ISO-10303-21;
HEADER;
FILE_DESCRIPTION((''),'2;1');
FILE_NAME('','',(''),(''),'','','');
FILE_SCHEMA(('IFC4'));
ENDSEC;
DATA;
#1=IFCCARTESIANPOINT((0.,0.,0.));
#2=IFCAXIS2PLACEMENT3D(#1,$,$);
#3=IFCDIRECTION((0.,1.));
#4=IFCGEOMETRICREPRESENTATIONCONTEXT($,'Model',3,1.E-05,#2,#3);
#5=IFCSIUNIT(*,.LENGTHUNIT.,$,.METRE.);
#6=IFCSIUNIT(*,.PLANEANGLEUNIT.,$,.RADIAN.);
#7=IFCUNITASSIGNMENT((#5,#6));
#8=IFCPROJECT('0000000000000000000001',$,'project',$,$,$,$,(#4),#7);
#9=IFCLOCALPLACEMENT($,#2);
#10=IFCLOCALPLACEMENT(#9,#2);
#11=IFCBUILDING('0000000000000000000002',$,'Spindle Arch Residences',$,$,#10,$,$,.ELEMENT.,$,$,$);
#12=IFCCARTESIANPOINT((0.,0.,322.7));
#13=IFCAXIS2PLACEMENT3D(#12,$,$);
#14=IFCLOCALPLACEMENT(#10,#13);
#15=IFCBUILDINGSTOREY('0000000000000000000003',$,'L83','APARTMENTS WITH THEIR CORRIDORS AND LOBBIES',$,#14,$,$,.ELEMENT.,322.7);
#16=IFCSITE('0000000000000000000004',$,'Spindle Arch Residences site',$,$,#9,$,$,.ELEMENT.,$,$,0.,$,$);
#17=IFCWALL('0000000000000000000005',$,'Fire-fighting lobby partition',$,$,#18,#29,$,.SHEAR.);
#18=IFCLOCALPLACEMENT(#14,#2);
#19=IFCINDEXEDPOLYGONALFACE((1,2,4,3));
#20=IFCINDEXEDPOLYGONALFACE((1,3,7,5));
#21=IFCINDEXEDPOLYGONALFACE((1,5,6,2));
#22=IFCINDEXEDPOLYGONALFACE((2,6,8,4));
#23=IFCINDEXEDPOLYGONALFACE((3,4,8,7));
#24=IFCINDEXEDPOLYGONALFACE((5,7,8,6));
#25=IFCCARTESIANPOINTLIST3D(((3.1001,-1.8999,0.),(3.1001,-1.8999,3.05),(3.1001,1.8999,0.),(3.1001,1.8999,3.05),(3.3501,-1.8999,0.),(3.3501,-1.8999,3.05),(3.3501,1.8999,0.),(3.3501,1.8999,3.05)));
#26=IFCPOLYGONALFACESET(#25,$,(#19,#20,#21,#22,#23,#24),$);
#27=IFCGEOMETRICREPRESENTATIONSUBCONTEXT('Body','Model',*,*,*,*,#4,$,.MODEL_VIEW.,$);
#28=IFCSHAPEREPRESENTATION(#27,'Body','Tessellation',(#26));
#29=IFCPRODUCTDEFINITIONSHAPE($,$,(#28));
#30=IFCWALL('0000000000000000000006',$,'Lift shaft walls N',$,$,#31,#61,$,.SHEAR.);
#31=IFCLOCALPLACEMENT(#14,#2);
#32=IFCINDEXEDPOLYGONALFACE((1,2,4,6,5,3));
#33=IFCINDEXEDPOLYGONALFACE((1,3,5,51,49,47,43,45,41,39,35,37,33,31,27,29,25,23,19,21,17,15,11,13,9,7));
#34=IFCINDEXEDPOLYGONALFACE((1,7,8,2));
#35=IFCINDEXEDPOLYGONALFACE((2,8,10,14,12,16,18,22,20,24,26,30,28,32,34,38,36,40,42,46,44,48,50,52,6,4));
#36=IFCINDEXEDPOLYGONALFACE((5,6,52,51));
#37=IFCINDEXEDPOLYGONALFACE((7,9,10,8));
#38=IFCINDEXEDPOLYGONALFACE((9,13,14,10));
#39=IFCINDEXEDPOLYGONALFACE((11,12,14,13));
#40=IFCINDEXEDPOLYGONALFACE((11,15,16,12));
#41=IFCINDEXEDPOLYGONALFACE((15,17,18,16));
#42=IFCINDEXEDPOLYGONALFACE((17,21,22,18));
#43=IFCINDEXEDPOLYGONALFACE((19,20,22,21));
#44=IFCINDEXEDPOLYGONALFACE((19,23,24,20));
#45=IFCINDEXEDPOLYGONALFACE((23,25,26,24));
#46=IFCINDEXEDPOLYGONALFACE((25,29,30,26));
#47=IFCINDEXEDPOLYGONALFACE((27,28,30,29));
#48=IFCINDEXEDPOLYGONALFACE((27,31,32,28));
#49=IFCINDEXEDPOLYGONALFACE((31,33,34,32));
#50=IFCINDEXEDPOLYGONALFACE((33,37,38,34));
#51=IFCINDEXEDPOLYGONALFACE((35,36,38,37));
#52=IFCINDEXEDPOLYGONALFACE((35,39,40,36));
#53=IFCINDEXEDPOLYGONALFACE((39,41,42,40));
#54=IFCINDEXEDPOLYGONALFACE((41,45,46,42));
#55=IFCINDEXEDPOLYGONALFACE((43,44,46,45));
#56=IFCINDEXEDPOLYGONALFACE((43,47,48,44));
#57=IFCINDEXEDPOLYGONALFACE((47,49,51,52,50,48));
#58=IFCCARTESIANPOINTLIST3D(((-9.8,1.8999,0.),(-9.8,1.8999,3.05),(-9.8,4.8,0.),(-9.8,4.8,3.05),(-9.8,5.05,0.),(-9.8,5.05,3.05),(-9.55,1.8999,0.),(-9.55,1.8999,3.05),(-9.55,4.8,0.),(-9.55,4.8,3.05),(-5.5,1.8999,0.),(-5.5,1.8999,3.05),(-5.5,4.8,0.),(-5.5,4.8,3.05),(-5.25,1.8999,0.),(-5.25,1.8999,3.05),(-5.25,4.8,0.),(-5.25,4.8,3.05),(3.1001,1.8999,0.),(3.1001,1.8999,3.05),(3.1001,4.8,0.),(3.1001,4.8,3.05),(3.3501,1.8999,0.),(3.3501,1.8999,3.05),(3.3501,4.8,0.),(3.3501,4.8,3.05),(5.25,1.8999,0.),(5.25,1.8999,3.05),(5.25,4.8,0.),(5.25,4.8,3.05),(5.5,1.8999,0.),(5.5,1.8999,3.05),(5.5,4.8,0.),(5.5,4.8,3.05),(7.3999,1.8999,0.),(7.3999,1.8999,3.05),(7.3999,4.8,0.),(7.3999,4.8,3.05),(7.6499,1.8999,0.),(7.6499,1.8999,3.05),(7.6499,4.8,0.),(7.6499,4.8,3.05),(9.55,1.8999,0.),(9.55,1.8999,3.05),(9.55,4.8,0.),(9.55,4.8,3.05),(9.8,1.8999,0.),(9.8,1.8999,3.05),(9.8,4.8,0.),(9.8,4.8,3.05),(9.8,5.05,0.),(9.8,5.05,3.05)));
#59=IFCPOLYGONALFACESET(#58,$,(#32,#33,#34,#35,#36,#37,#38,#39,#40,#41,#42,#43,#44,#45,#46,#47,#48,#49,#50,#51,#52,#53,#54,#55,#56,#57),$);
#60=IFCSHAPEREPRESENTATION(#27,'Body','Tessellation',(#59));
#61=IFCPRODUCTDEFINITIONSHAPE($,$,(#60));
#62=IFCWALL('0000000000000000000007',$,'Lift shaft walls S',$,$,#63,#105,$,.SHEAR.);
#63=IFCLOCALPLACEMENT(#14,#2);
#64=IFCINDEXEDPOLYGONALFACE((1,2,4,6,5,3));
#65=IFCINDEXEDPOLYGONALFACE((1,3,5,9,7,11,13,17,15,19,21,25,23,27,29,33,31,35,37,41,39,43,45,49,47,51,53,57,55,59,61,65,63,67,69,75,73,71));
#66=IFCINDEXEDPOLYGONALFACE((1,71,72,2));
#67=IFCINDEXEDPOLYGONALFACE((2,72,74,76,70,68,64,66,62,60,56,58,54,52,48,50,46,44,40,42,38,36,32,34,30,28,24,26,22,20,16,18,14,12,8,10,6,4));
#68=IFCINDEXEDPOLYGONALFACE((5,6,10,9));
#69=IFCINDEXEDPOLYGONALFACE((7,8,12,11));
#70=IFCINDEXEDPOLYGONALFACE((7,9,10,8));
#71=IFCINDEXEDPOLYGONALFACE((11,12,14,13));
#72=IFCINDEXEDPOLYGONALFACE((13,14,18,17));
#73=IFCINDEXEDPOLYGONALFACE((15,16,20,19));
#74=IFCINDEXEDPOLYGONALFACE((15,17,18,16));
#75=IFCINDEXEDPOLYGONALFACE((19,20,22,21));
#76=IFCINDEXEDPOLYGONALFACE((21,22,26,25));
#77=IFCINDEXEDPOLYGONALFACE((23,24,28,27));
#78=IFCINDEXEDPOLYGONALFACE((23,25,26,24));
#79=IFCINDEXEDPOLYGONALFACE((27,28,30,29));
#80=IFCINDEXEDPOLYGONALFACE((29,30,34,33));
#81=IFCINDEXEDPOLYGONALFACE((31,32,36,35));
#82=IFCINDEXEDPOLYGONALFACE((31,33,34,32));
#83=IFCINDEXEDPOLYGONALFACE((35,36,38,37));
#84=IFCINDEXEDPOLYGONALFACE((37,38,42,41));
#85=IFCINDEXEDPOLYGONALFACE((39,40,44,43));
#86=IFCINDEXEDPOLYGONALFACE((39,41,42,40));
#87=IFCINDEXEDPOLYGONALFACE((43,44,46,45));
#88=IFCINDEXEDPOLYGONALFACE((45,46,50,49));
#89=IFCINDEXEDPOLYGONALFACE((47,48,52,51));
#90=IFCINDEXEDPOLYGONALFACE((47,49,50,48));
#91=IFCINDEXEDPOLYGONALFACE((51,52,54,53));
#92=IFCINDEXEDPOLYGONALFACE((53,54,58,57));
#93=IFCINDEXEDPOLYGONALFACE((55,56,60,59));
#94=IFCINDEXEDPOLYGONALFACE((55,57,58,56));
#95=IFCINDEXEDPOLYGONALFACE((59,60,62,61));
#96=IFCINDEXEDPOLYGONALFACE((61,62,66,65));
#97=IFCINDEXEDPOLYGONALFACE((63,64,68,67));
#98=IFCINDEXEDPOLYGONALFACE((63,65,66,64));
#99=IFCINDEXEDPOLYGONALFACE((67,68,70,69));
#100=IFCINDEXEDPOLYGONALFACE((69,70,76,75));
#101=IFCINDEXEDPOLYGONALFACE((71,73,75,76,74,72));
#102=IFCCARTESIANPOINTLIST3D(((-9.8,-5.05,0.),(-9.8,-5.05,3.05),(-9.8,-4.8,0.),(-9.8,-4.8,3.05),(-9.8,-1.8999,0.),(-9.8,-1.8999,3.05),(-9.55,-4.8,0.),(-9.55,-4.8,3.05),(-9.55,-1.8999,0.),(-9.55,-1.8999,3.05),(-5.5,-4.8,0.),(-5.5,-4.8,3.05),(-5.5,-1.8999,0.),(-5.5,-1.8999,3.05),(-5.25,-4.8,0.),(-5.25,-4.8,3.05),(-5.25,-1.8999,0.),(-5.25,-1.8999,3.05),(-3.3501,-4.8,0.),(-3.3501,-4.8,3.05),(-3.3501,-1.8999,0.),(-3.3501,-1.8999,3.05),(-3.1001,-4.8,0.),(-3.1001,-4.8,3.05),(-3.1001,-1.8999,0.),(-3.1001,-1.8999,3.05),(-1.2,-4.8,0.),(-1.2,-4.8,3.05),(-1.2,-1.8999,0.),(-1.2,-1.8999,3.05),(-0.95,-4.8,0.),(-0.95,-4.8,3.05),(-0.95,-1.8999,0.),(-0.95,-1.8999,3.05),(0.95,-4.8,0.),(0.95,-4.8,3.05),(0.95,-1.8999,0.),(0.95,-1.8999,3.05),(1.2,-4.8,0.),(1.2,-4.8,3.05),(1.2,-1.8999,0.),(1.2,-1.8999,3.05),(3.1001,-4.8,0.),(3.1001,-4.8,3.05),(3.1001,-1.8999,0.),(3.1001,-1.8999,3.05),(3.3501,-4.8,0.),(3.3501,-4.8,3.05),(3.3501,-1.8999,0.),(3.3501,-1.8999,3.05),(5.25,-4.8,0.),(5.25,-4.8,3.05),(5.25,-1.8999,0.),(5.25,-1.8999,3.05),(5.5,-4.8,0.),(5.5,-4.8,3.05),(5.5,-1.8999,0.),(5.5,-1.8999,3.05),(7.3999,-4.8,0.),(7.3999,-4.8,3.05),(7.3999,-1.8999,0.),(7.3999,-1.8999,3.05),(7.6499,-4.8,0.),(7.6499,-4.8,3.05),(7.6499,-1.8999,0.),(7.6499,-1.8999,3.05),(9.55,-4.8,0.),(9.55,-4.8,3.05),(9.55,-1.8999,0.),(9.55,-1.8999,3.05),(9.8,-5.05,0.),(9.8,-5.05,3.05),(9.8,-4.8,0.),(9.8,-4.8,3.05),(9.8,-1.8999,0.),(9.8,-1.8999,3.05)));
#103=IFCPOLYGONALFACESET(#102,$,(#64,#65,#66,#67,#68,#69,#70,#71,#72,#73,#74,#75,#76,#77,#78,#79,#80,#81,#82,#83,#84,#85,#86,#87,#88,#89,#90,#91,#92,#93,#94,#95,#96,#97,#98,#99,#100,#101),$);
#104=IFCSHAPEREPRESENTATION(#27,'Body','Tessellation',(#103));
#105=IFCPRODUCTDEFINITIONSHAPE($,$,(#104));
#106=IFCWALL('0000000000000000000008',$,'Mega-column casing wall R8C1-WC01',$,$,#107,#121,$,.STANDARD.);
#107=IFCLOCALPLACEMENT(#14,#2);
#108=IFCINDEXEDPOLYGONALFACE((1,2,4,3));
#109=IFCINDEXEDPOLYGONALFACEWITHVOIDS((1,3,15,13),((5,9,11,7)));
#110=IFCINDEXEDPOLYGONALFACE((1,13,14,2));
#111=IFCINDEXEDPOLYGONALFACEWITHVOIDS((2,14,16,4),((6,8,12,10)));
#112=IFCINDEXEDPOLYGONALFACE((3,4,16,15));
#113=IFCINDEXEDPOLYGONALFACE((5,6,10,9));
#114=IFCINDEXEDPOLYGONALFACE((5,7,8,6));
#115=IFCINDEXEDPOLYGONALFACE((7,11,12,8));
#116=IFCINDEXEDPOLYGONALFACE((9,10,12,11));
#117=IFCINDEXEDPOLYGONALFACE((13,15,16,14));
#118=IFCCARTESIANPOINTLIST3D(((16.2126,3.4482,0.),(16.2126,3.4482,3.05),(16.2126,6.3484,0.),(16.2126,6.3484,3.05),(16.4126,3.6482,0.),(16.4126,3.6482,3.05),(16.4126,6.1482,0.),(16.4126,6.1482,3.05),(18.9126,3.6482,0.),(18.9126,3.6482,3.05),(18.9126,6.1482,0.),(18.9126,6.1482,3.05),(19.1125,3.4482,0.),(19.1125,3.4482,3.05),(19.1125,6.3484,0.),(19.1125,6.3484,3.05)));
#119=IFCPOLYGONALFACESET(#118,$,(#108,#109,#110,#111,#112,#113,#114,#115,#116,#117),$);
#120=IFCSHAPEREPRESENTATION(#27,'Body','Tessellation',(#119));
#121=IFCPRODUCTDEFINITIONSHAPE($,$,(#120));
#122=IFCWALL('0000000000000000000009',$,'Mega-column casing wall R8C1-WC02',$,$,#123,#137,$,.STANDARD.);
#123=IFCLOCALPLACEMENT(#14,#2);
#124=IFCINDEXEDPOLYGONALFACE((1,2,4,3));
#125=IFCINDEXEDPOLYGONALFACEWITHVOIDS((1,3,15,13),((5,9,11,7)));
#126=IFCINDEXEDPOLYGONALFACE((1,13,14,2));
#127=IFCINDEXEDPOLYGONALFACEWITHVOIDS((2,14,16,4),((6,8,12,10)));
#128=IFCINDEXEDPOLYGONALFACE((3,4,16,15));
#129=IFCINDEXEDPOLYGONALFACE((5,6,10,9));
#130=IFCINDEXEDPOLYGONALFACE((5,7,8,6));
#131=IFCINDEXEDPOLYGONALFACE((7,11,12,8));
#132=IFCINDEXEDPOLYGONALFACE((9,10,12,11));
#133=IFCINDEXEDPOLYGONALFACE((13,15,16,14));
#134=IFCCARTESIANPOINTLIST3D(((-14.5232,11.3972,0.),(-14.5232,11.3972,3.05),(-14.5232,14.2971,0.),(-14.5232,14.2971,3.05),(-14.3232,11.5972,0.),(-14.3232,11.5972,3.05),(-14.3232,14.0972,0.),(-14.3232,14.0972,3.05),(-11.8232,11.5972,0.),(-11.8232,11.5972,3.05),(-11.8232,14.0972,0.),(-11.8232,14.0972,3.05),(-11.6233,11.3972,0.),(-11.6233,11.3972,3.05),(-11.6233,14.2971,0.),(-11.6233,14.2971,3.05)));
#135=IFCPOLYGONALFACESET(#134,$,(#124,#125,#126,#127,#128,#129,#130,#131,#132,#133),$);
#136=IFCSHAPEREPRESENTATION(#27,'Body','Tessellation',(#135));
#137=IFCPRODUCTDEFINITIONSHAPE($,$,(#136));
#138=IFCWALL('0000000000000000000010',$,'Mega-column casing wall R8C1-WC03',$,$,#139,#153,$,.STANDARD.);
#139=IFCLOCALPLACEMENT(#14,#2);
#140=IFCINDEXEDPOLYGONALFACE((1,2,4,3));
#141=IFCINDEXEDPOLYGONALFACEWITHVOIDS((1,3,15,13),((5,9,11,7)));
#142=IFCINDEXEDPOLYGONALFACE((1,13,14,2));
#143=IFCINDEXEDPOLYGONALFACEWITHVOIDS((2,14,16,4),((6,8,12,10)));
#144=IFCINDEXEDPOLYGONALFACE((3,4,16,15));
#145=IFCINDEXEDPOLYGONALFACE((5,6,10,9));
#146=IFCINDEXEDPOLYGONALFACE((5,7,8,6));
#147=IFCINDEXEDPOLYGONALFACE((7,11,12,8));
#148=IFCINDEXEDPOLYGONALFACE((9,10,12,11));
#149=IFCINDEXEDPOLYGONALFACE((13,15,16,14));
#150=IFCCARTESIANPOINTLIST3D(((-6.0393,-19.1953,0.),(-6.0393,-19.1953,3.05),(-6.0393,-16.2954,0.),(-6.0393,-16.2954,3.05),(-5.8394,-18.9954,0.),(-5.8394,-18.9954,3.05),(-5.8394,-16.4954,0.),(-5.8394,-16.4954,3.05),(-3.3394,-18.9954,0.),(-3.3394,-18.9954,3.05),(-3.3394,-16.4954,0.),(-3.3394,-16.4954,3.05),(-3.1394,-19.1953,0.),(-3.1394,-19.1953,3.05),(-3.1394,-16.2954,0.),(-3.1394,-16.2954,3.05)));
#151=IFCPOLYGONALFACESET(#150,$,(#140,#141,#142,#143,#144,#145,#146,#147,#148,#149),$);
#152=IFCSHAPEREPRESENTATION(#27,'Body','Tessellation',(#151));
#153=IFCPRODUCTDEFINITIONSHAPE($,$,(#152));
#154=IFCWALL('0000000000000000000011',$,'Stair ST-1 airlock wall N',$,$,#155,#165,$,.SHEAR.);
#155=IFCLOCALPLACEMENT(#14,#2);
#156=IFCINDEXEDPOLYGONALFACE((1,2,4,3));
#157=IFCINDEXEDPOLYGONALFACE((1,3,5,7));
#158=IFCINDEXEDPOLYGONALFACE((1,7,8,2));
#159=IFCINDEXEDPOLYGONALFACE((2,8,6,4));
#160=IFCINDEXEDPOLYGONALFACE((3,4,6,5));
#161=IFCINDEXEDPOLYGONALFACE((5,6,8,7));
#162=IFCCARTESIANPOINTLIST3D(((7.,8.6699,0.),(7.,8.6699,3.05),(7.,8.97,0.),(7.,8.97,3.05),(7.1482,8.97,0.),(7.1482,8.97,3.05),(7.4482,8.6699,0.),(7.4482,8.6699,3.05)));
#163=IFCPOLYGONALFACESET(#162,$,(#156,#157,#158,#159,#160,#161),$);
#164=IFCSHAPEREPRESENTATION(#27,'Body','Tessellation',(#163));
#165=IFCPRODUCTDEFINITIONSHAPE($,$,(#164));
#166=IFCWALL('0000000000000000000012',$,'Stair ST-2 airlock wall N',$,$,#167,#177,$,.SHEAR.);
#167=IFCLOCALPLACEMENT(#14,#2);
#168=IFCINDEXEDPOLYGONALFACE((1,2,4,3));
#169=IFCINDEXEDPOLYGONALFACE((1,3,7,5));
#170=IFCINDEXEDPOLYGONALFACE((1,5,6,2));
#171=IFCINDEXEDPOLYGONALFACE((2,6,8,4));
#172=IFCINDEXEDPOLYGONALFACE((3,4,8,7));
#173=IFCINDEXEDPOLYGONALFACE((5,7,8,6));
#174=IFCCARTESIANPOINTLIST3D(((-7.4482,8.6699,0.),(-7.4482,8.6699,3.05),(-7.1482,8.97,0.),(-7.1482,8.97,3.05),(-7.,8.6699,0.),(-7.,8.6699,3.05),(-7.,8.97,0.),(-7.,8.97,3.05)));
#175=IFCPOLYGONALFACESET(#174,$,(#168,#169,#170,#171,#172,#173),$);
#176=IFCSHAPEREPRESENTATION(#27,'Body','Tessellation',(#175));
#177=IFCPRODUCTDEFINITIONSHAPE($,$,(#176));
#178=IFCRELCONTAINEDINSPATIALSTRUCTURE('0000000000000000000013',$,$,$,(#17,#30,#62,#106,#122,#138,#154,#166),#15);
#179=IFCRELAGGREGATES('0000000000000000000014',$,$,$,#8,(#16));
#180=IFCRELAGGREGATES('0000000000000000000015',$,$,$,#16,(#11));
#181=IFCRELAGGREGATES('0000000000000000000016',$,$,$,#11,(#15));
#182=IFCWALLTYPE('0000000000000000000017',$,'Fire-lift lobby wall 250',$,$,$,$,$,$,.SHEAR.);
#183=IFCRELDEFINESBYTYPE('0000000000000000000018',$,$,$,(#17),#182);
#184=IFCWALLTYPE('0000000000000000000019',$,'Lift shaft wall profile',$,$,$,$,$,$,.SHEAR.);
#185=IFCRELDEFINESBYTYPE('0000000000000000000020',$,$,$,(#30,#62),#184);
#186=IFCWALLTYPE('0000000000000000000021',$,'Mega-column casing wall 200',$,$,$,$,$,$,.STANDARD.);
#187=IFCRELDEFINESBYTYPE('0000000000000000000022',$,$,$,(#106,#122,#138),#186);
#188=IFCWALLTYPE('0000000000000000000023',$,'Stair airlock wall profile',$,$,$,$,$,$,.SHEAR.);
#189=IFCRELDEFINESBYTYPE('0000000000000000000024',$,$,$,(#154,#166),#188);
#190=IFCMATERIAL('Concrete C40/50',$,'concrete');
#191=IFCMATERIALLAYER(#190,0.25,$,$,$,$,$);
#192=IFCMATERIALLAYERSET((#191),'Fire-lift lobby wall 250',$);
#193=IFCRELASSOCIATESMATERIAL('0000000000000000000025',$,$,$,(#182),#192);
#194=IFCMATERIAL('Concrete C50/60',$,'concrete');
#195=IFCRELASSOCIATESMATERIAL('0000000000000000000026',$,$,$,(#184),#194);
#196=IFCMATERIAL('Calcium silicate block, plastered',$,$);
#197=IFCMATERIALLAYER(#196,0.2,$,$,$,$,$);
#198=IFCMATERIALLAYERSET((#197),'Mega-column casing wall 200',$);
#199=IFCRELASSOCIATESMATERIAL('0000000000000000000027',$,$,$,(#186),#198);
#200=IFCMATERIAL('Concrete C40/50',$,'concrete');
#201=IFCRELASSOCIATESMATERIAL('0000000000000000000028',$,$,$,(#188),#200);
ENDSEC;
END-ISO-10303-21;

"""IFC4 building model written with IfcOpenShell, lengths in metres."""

from ifc_helpers import new_model, si_unit, direction, frame, frame_2d, origin, place, context, subcontext, project, spatial, polyline, rectangle, outline, extrude, material, layer, layer_set, type_object, element, save


model = new_model("IFC4")

# Units and contexts
model_context = context("Model", 3, precision=1e-05, world=origin(), true_north=direction((0.0, 1.0)))
body_context = subcontext(model_context, "Body", "Model", "MODEL_VIEW")
ifc_project = project(units=[si_unit("LENGTHUNIT", "METRE"), si_unit("PLANEANGLEUNIT", "RADIAN")], contexts=[model_context])

# Site, building, storey
site_placement = place(None, origin())
site = spatial("IfcSite", under=ifc_project, at=site_placement, Name="Spindle Arch Residences site", CompositionType="ELEMENT", RefElevation=0.0)
building_placement = place(site_placement, origin())
building = spatial("IfcBuilding", under=site, at=building_placement, Name="Spindle Arch Residences", CompositionType="ELEMENT")
storey_placement = place(building_placement, frame((0.0, 0.0, 322.7)))
storey = spatial("IfcBuildingStorey", under=building, at=storey_placement, Name="L83", Description="APARTMENTS WITH THEIR CORRIDORS AND LOBBIES", CompositionType="ELEMENT", Elevation=322.7)

# Wall
ifc_material_1 = material(Name="Concrete C40/50", Category="concrete")
ifc_layer_1 = layer(ifc_material_1, 0.25)
ifc_layer_set_1 = layer_set([ifc_layer_1], Name="Fire-lift lobby wall 250")
wall_type_1 = type_object("IfcWallType", Name="Fire-lift lobby wall 250", PredefinedType="SHEAR", material=ifc_layer_set_1)
wall_1_placement = place(storey_placement, frame((3.2251, -1.8999, 0.0), z_axis=(0.0, 0.0, 1.0), x_axis=(0.0, 1.0, 0.0)))
element("IfcWall", 1, at=wall_1_placement, inside=storey, type_object=wall_type_1, Name="Fire-fighting lobby partition", PredefinedType="SHEAR", context=body_context, shape_type="SweptSolid", body=[
    extrude(rectangle(XDim=3.7998, YDim=0.25, at=frame_2d((1.8999, 0.0))), origin(), (0.0, 0.0, 1.0), 3.05),
])

# Walls
ifc_material_2 = material(Name="Concrete C50/60", Category="concrete")
wall_type_2 = type_object("IfcWallType", Name="Lift shaft wall profile", PredefinedType="SHEAR", material=ifc_material_2)
wall_2_placement = place(storey_placement, origin())
element("IfcWall", 2, at=wall_2_placement, inside=storey, type_object=wall_type_2, Name="Lift shaft walls N", PredefinedType="SHEAR", context=body_context, shape_type="SweptSolid", body=[
    extrude(outline(polyline([(-9.8, 1.8999), (-9.55, 1.8999), (-9.55, 4.8), (-5.5, 4.8), (-5.5, 1.8999), (-5.25, 1.8999), (-5.25, 4.8), (3.1001, 4.8), (3.1001, 1.8999), (3.3501, 1.8999), (3.3501, 4.8), (5.25, 4.8), (5.25, 1.8999), (5.5, 1.8999), (5.5, 4.8), (7.3999, 4.8), (7.3999, 1.8999), (7.6499, 1.8999), (7.6499, 4.8), (9.55, 4.8), (9.55, 1.8999), (9.8, 1.8999), (9.8, 4.8), (9.8, 5.05), (-9.8, 5.05), (-9.8, 4.8), (-9.8, 1.8999)])), origin(), (0.0, 0.0, 1.0), 3.05),
])
wall_3_placement = place(storey_placement, origin())
element("IfcWall", 3, at=wall_3_placement, inside=storey, type_object=wall_type_2, Name="Lift shaft walls S", PredefinedType="SHEAR", context=body_context, shape_type="SweptSolid", body=[
    extrude(outline(polyline([(9.8, -5.05), (9.8, -4.8), (9.8, -1.8999), (9.55, -1.8999), (9.55, -4.8), (7.6499, -4.8), (7.6499, -1.8999), (7.3999, -1.8999), (7.3999, -4.8), (5.5, -4.8), (5.5, -1.8999), (5.25, -1.8999), (5.25, -4.8), (3.3501, -4.8), (3.3501, -1.8999), (3.1001, -1.8999), (3.1001, -4.8), (1.2, -4.8), (1.2, -1.8999), (0.95, -1.8999), (0.95, -4.8), (-0.95, -4.8), (-0.95, -1.8999), (-1.2, -1.8999), (-1.2, -4.8), (-3.1001, -4.8), (-3.1001, -1.8999), (-3.3501, -1.8999), (-3.3501, -4.8), (-5.25, -4.8), (-5.25, -1.8999), (-5.5, -1.8999), (-5.5, -4.8), (-9.55, -4.8), (-9.55, -1.8999), (-9.8, -1.8999), (-9.8, -4.8), (-9.8, -5.05), (9.8, -5.05)])), origin(), (0.0, 0.0, 1.0), 3.05),
])
ifc_material_3 = material(Name="Calcium silicate block, plastered")
ifc_layer_2 = layer(ifc_material_3, 0.2)
ifc_layer_set_2 = layer_set([ifc_layer_2], Name="Mega-column casing wall 200")
wall_type_3 = type_object("IfcWallType", Name="Mega-column casing wall 200", PredefinedType="STANDARD", material=ifc_layer_set_2)
wall_4_placement = place(storey_placement, origin())
element("IfcWall", 4, at=wall_4_placement, inside=storey, type_object=wall_type_3, Name="Mega-column casing wall R8C1-WC01", PredefinedType="STANDARD", context=body_context, shape_type="SweptSolid", body=[
    extrude(outline(polyline([(19.1125, 6.3484), (19.1125, 3.4482), (16.2126, 3.4482), (16.2126, 6.3484), (19.1125, 6.3484)]), holes=[polyline([(16.4126, 3.6482), (18.9126, 3.6482), (18.9126, 6.1482), (16.4126, 6.1482), (16.4126, 3.6482)])]), origin(), (0.0, 0.0, 1.0), 3.05),
])
wall_5_placement = place(storey_placement, origin())
element("IfcWall", 5, at=wall_5_placement, inside=storey, type_object=wall_type_3, Name="Mega-column casing wall R8C1-WC02", PredefinedType="STANDARD", context=body_context, shape_type="SweptSolid", body=[
    extrude(outline(polyline([(-11.6233, 14.2971), (-11.6233, 11.3972), (-14.5232, 11.3972), (-14.5232, 14.2971), (-11.6233, 14.2971)]), holes=[polyline([(-14.3232, 11.5972), (-11.8232, 11.5972), (-11.8232, 14.0972), (-14.3232, 14.0972), (-14.3232, 11.5972)])]), origin(), (0.0, 0.0, 1.0), 3.05),
])
wall_6_placement = place(storey_placement, origin())
element("IfcWall", 6, at=wall_6_placement, inside=storey, type_object=wall_type_3, Name="Mega-column casing wall R8C1-WC03", PredefinedType="STANDARD", context=body_context, shape_type="SweptSolid", body=[
    extrude(outline(polyline([(-3.1394, -16.2954), (-3.1394, -19.1953), (-6.0393, -19.1953), (-6.0393, -16.2954), (-3.1394, -16.2954)]), holes=[polyline([(-5.8394, -18.9954), (-3.3394, -18.9954), (-3.3394, -16.4954), (-5.8394, -16.4954), (-5.8394, -18.9954)])]), origin(), (0.0, 0.0, 1.0), 3.05),
])
ifc_material_4 = material(Name="Concrete C40/50", Category="concrete")
wall_type_4 = type_object("IfcWallType", Name="Stair airlock wall profile", PredefinedType="SHEAR", material=ifc_material_4)
wall_7_placement = place(storey_placement, origin())
element("IfcWall", 7, at=wall_7_placement, inside=storey, type_object=wall_type_4, Name="Stair ST-1 airlock wall N", PredefinedType="SHEAR", context=body_context, shape_type="SweptSolid", body=[
    extrude(outline(polyline([(7.4482, 8.6699), (7.0, 8.6699), (7.0, 8.97), (7.1482, 8.97), (7.4482, 8.6699)])), origin(), (0.0, 0.0, 1.0), 3.05),
])
wall_8_placement = place(storey_placement, origin())
element("IfcWall", 8, at=wall_8_placement, inside=storey, type_object=wall_type_4, Name="Stair ST-2 airlock wall N", PredefinedType="SHEAR", context=body_context, shape_type="SweptSolid", body=[
    extrude(outline(polyline([(-7.1482, 8.97), (-7.0, 8.97), (-7.0, 8.6699), (-7.4482, 8.6699), (-7.1482, 8.97)])), origin(), (0.0, 0.0, 1.0), 3.05),
])

save(model, "model.ifc")
